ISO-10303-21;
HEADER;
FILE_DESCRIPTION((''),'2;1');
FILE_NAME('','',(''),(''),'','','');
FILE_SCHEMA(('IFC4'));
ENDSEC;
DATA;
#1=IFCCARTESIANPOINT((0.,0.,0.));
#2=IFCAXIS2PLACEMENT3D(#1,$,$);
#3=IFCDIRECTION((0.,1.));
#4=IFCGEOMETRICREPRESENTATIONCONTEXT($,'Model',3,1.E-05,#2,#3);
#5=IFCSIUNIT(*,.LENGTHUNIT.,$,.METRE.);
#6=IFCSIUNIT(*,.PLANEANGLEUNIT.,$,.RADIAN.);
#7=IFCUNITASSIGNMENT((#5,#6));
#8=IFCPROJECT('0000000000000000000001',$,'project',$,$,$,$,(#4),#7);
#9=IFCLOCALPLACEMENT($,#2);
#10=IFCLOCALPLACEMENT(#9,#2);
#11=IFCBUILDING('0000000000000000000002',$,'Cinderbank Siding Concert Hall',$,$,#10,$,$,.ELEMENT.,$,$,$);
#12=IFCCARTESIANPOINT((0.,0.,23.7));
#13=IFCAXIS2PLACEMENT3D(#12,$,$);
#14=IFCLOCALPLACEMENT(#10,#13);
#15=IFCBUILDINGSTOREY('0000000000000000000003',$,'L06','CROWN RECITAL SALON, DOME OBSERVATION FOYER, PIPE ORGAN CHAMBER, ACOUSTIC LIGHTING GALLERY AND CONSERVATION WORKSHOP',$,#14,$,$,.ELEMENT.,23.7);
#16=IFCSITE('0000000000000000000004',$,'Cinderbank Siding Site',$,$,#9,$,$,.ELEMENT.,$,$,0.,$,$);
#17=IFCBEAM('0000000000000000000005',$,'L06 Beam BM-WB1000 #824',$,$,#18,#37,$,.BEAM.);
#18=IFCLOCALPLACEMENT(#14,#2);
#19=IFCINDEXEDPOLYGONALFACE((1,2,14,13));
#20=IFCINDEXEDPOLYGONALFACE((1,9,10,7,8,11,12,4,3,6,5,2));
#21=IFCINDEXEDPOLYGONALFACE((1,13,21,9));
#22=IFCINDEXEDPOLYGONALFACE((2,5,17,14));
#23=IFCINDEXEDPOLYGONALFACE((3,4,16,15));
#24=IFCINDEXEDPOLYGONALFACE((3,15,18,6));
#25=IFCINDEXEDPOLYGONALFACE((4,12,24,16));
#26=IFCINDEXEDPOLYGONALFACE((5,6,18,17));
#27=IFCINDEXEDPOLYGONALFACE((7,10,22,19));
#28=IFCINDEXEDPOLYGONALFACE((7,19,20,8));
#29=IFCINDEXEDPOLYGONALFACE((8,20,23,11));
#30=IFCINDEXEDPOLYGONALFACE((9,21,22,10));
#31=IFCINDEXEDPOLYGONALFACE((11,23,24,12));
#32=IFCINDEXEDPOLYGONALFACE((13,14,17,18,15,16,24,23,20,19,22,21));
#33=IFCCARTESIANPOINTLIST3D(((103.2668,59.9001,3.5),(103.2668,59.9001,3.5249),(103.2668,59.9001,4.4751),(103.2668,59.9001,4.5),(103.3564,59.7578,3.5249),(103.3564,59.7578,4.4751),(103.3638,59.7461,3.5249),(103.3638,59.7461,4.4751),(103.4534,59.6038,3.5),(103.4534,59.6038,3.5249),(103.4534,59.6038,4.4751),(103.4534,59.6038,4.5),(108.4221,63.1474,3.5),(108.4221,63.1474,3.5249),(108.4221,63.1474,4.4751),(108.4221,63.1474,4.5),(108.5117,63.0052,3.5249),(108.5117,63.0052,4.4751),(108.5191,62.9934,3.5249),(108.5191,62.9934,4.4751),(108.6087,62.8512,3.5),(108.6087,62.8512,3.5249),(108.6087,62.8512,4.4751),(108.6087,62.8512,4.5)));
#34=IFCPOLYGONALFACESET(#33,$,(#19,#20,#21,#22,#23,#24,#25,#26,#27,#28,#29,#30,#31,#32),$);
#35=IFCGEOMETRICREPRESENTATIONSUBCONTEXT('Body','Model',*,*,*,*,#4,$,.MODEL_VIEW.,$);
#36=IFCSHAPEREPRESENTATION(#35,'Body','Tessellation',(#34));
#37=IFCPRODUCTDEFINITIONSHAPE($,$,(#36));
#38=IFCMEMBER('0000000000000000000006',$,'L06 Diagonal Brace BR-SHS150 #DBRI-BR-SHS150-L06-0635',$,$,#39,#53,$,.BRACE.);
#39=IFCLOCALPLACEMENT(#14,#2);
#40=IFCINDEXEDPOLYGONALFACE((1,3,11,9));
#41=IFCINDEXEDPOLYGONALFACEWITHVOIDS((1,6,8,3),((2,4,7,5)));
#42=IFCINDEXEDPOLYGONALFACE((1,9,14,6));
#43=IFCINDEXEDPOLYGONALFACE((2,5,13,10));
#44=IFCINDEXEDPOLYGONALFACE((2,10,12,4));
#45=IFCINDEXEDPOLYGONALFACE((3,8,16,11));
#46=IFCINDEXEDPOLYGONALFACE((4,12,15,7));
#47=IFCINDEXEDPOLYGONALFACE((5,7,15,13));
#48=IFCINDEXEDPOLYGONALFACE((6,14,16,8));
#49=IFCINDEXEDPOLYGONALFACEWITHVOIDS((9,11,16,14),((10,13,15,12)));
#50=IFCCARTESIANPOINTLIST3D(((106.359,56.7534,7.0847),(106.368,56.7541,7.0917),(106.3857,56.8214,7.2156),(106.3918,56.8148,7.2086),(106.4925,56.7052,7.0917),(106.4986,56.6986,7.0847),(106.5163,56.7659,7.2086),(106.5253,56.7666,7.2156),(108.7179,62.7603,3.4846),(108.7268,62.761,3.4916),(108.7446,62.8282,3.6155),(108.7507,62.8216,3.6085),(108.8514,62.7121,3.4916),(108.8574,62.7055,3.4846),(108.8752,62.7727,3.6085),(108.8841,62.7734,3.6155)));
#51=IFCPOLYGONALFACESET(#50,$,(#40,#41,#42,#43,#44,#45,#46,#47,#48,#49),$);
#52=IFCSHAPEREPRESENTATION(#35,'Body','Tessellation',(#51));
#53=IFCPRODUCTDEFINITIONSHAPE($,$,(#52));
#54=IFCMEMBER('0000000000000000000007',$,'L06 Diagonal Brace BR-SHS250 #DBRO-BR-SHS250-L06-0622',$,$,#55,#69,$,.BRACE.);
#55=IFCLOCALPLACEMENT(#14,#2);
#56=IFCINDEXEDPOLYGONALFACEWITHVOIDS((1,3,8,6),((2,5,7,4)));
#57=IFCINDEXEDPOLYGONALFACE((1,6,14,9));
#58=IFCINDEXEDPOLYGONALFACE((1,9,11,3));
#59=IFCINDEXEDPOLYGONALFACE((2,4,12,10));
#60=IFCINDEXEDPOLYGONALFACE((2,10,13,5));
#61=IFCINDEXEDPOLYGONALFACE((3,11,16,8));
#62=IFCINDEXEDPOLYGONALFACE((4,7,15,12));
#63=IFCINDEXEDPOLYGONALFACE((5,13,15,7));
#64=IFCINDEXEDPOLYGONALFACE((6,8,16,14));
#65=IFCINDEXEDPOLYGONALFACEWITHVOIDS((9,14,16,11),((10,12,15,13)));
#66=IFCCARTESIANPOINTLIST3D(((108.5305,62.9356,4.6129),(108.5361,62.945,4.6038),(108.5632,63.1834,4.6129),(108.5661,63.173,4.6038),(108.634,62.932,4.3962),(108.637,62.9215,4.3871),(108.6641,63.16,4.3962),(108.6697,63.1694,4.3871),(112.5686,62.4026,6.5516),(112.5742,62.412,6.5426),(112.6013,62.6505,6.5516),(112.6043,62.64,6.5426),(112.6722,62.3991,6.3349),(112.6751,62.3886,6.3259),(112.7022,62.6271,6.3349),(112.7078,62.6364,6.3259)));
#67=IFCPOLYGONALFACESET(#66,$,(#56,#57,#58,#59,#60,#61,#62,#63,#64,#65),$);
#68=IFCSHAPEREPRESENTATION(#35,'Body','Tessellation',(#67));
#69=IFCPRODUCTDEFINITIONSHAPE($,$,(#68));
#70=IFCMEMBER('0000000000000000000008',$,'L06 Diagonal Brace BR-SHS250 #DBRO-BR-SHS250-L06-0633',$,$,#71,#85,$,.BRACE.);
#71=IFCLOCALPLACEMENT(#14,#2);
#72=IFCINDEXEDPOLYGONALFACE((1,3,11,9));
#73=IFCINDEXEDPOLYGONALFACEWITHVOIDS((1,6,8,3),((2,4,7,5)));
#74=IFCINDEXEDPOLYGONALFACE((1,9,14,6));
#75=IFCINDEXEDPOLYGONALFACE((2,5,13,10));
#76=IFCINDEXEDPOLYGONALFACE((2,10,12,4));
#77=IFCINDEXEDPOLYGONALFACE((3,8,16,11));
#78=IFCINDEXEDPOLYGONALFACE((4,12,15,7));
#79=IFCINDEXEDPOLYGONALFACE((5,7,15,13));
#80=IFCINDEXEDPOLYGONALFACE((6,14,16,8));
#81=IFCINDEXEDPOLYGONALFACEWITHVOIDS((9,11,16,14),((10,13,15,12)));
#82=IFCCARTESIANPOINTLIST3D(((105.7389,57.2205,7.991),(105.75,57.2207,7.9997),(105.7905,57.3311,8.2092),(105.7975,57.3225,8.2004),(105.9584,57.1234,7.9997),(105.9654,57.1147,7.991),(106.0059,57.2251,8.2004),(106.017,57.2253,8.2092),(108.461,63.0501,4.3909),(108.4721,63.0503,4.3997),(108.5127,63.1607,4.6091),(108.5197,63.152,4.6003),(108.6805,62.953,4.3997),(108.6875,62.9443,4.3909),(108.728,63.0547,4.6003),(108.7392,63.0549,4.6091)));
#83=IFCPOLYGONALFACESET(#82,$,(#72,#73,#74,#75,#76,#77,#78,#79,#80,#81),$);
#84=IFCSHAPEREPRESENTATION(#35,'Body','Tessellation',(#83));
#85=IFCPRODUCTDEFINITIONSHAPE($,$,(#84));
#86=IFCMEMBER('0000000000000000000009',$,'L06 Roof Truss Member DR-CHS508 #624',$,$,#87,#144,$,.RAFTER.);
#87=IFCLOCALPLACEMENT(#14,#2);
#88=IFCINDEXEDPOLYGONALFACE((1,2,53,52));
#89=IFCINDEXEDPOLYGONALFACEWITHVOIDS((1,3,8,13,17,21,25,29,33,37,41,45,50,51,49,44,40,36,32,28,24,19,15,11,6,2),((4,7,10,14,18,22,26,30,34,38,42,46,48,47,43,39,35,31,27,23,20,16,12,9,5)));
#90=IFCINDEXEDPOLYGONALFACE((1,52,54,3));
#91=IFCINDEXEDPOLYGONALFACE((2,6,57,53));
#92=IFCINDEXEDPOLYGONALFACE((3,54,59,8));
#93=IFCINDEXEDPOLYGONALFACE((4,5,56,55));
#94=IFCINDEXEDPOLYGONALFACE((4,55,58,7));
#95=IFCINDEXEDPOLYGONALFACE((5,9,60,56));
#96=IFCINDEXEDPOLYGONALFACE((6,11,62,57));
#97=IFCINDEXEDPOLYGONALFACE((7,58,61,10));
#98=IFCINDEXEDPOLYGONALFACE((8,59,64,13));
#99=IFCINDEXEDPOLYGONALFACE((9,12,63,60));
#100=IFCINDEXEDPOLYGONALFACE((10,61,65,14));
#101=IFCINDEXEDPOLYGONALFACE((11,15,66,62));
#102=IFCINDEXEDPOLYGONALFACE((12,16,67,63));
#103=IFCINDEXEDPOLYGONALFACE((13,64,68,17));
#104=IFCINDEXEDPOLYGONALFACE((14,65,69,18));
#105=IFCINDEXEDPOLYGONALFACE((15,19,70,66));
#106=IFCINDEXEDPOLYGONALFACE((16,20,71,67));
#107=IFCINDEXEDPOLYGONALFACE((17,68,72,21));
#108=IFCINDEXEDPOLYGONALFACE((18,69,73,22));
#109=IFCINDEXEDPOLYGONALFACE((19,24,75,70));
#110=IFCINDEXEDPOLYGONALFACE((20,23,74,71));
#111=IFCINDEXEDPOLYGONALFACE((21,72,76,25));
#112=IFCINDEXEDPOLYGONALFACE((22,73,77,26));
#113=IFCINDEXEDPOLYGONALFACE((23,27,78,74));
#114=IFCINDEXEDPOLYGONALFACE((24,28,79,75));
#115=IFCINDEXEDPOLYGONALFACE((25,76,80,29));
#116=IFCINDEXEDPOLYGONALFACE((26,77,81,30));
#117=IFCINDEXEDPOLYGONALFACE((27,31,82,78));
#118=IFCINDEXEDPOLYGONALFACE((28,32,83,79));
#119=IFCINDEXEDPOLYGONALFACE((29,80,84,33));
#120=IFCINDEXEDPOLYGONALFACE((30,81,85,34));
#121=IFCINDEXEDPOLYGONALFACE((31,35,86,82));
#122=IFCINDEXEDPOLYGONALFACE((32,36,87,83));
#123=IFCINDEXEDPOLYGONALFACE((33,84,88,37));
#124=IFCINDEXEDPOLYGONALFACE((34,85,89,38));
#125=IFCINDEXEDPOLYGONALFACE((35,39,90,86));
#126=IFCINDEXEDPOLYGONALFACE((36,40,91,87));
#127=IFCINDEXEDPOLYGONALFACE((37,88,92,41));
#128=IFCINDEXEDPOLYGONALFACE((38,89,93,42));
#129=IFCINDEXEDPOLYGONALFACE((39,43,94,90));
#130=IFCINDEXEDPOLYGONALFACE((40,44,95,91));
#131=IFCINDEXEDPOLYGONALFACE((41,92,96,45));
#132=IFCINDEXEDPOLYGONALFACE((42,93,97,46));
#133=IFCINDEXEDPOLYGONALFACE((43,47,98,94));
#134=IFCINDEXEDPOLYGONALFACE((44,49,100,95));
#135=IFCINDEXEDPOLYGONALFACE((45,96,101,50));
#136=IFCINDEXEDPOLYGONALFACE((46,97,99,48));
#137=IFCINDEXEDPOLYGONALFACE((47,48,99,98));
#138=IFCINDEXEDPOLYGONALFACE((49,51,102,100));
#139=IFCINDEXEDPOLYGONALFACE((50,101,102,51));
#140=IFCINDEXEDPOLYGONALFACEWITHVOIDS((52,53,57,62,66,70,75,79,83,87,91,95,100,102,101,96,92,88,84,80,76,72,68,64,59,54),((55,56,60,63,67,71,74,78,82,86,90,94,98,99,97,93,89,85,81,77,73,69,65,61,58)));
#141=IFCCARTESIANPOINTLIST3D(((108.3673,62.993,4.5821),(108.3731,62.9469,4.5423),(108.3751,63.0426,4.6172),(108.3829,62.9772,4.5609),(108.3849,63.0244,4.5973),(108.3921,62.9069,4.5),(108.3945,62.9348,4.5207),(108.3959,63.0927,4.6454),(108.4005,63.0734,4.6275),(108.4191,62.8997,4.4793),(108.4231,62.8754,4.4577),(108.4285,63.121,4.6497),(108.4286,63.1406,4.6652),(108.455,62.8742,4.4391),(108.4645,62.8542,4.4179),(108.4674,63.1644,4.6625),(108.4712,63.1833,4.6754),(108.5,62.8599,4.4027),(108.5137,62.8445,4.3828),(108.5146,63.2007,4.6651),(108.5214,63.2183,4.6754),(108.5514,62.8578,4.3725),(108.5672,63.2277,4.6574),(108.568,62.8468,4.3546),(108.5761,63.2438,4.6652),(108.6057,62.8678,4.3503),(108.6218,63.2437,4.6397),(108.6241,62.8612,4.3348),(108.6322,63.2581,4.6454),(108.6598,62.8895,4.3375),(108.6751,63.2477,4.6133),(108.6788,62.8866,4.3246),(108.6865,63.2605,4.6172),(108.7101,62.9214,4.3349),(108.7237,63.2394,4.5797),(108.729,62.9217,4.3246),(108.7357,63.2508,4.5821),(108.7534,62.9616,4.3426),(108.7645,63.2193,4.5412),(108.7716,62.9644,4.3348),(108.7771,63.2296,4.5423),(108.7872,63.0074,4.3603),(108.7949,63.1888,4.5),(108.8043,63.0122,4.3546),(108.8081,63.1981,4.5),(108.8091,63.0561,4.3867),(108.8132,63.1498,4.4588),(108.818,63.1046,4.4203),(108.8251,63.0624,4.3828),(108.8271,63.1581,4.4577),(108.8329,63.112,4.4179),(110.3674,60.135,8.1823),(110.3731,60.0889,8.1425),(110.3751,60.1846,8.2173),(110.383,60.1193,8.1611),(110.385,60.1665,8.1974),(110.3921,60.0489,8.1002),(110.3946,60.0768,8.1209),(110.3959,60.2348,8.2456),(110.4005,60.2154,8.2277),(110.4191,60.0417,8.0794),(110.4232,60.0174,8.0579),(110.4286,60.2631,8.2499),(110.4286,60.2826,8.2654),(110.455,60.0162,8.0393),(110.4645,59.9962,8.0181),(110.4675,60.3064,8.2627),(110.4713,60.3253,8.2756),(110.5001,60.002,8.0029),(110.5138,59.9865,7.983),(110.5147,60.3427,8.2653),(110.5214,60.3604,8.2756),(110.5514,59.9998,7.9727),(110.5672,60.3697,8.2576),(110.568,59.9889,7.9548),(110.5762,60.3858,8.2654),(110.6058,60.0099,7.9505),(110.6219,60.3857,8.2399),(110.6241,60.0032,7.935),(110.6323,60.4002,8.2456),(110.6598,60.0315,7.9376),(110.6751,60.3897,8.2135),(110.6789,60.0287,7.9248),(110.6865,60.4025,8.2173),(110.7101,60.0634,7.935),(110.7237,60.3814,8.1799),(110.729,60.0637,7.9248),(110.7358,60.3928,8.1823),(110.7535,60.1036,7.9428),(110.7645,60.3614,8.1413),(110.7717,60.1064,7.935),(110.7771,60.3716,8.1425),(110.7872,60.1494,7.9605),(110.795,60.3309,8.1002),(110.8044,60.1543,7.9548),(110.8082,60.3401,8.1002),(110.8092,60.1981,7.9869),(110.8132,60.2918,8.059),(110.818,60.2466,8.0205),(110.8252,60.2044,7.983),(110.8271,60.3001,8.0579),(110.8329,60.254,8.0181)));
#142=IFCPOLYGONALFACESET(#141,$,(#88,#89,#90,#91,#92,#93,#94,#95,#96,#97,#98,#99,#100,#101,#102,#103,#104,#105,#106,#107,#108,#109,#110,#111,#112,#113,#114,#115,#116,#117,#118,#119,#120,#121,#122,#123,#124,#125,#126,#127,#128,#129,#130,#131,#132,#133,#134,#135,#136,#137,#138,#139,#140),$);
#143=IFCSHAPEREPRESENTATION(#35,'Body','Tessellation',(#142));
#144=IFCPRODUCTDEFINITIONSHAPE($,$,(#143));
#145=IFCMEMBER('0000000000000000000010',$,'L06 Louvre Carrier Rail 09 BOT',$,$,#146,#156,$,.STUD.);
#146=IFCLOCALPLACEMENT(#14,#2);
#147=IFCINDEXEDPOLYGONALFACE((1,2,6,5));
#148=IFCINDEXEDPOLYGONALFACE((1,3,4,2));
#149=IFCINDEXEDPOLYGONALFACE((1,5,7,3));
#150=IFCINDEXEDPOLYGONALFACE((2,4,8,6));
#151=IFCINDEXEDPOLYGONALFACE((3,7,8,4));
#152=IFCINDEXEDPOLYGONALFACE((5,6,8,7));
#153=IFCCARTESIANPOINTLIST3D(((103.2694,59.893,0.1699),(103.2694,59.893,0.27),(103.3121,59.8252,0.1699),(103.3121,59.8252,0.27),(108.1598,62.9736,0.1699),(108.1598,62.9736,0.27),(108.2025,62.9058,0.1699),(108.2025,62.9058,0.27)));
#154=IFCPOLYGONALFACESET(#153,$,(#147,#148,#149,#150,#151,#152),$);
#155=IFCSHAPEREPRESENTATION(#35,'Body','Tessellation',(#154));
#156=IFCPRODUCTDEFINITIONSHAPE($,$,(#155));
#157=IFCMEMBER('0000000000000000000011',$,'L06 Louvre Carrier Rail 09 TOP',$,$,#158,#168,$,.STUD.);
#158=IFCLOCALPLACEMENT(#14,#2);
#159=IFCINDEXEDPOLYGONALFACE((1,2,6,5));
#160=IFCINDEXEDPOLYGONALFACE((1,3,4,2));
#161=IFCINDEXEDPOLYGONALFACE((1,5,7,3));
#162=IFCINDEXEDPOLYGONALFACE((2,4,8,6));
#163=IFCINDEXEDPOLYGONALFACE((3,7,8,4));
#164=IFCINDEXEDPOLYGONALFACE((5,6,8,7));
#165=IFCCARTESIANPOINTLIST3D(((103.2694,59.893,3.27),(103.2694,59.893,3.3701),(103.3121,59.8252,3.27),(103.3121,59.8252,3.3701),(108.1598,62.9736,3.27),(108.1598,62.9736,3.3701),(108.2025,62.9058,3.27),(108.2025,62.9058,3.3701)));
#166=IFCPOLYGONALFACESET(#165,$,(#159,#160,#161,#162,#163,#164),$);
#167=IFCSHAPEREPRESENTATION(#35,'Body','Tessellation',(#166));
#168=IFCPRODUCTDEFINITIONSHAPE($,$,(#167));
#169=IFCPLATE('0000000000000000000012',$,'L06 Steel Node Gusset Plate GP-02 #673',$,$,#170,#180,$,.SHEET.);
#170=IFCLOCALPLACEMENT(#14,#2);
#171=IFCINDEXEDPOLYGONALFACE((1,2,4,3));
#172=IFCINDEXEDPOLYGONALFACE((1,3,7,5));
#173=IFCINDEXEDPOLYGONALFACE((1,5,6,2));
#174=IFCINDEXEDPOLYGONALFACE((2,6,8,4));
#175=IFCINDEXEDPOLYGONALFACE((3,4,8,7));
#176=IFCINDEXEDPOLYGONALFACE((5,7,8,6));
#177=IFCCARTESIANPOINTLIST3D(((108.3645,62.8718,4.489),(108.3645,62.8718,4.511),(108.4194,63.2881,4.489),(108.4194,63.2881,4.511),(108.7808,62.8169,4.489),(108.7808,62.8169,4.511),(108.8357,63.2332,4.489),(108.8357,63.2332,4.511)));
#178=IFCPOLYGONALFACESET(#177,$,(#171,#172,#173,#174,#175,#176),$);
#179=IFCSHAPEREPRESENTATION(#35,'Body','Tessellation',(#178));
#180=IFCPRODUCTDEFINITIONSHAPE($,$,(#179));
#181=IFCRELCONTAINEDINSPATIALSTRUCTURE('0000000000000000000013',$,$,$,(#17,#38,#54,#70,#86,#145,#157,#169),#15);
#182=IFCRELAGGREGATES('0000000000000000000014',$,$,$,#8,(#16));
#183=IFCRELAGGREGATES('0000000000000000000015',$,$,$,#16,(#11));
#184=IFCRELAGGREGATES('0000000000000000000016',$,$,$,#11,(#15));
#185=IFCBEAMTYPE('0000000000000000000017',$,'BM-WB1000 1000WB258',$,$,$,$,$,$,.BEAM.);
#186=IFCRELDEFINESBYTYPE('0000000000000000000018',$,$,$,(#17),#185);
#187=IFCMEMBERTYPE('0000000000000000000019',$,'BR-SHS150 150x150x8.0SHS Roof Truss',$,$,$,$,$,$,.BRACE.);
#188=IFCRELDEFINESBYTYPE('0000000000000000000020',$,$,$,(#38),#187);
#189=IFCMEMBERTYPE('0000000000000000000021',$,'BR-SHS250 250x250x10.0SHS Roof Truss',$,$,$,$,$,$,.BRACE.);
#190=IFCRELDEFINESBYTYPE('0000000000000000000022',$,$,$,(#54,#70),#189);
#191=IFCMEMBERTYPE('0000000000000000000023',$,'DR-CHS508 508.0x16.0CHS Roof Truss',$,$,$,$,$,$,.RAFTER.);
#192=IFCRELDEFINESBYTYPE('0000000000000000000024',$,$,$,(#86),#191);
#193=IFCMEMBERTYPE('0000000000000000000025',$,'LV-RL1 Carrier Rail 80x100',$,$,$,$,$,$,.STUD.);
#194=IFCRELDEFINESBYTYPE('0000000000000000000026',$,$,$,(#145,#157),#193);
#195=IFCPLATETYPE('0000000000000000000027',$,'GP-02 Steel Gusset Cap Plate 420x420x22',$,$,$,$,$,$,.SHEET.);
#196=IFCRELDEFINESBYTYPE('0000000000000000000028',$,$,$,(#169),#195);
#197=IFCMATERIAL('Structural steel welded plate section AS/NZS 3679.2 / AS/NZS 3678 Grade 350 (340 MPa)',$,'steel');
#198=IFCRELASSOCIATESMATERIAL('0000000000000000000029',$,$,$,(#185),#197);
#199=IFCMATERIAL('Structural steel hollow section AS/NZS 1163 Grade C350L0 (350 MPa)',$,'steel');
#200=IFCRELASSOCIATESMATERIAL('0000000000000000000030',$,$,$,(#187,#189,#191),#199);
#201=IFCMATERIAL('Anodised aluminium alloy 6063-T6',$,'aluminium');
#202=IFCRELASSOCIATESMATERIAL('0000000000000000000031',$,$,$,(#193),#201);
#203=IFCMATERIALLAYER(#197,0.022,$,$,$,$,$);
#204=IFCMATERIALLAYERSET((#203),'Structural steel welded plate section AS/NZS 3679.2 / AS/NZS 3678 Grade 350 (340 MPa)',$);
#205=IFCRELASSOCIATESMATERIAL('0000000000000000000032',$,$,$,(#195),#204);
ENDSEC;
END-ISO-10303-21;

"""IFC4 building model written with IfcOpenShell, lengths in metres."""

from ifc_helpers import new_model, si_unit, direction, frame, origin, origin_2d, place, context, subcontext, project, spatial, rectangle, hollow_rectangle, hollow_circle, i_section, extrude, material, layer, layer_set, material_profile, profile_set, type_object, element, save


model = new_model("IFC4")

# Units and contexts
model_context = context("Model", 3, precision=1e-05, world=origin(), true_north=direction((0.0, 1.0)))
body_context = subcontext(model_context, "Body", "Model", "MODEL_VIEW")
ifc_project = project(units=[si_unit("LENGTHUNIT", "METRE"), si_unit("PLANEANGLEUNIT", "RADIAN")], contexts=[model_context])

# Site, building, storey
site_placement = place(None, origin())
site = spatial("IfcSite", under=ifc_project, at=site_placement, Name="Cinderbank Siding Site", CompositionType="ELEMENT", RefElevation=0.0)
building_placement = place(site_placement, origin())
building = spatial("IfcBuilding", under=site, at=building_placement, Name="Cinderbank Siding Concert Hall", CompositionType="ELEMENT")
storey_placement = place(building_placement, frame((0.0, 0.0, 23.7)))
storey = spatial("IfcBuildingStorey", under=building, at=storey_placement, Name="L06", Description="CROWN RECITAL SALON, DOME OBSERVATION FOYER, PIPE ORGAN CHAMBER, ACOUSTIC LIGHTING GALLERY AND CONSERVATION WORKSHOP", CompositionType="ELEMENT", Elevation=23.7)

# Beam
ifc_material_1 = material(Name="Structural steel welded plate section AS/NZS 3679.2 / AS/NZS 3678 Grade 350 (340 MPa)", Category="steel")
ifc_material_profile_1 = material_profile(ifc_material_1, i_section(OverallWidth=0.3501, OverallDepth=1.0, WebThickness=0.0139, FlangeThickness=0.0249, at=origin_2d()), Name="1000WB258", Category="LoadBearing")
ifc_profile_set_1 = profile_set([ifc_material_profile_1], Name="Structural steel welded plate section AS/NZS 3679.2 / AS/NZS 3678 Grade 350 (340 MPa)")
beam_type = type_object("IfcBeamType", Name="BM-WB1000 1000WB258", PredefinedType="BEAM", material=ifc_profile_set_1)
beam_placement = place(storey_placement, frame((108.5154, 62.9993, 4.0), z_axis=(-0.846129, -0.532978, 0.0), x_axis=(0.532978, -0.846129, 0.0)))
element("IfcBeam", 1, at=beam_placement, inside=storey, type_object=beam_type, Name="L06 Beam BM-WB1000 #824", PredefinedType="BEAM", context=body_context, shape_type="SweptSolid", body=[
    extrude(i_section(OverallWidth=0.3501, OverallDepth=1.0, WebThickness=0.0139, FlangeThickness=0.0249, at=origin_2d()), origin(), (0.0, 0.0, 1.0), 6.0928),
])

# Members
ifc_material_2 = material(Name="Structural steel hollow section AS/NZS 1163 Grade C350L0 (350 MPa)", Category="steel")
ifc_material_profile_2 = material_profile(ifc_material_2, hollow_rectangle(XDim=0.1499, YDim=0.1499, WallThickness=0.0081, at=origin_2d()), Name="150x150x8.0SHS", Category="LoadBearing")
ifc_profile_set_2 = profile_set([ifc_material_profile_2], Name="Structural steel hollow section AS/NZS 1163 Grade C350L0 (350 MPa)")
member_type_1 = type_object("IfcMemberType", Name="BR-SHS150 150x150x8.0SHS Roof Truss", PredefinedType="BRACE", material=ifc_profile_set_2)
member_1_placement = place(storey_placement, frame((108.801, 62.7668, 3.55), z_axis=(-0.319214, -0.81287, 0.48718), x_axis=(0.930801, -0.365526, 0.0)))
element("IfcMember", 2, at=member_1_placement, inside=storey, type_object=member_type_1, Name="L06 Diagonal Brace BR-SHS150 #DBRI-BR-SHS150-L06-0635", PredefinedType="BRACE", context=body_context, shape_type="SweptSolid", body=[
    extrude(hollow_rectangle(XDim=0.1499, YDim=0.1499, WallThickness=0.0081, at=origin_2d()), origin(), (0.0, 0.0, 1.0), 7.3896),
])
ifc_material_profile_3 = material_profile(ifc_material_2, hollow_rectangle(XDim=0.25, YDim=0.25, WallThickness=0.01, at=origin_2d()), Name="250x250x10.0SHS", Category="LoadBearing")
ifc_profile_set_3 = profile_set([ifc_material_profile_3], Name="Structural steel hollow section AS/NZS 1163 Grade C350L0 (350 MPa)")
member_type_2 = type_object("IfcMemberType", Name="BR-SHS250 250x250x10.0SHS Roof Truss", PredefinedType="BRACE", material=ifc_profile_set_3)
member_2_placement = place(storey_placement, frame((108.6001, 63.0525, 4.5), z_axis=(0.895171, -0.118147, 0.429779), x_axis=(0.130848, 0.991402, 0.0)))
element("IfcMember", 3, at=member_2_placement, inside=storey, type_object=member_type_2, Name="L06 Diagonal Brace BR-SHS250 #DBRO-BR-SHS250-L06-0622", PredefinedType="BRACE", context=body_context, shape_type="SweptSolid", body=[
    extrude(hollow_rectangle(XDim=0.25, YDim=0.25, WallThickness=0.01, at=origin_2d()), origin(), (0.0, 0.0, 1.0), 4.511),
])
member_3_placement = place(storey_placement, frame((108.6001, 63.0525, 4.5), z_axis=(-0.369228, -0.790712, 0.488309), x_axis=(0.906082, -0.423101, 0.0)))
element("IfcMember", 4, at=member_3_placement, inside=storey, type_object=member_type_2, Name="L06 Diagonal Brace BR-SHS250 #DBRO-BR-SHS250-L06-0633", PredefinedType="BRACE", context=body_context, shape_type="SweptSolid", body=[
    extrude(hollow_rectangle(XDim=0.25, YDim=0.25, WallThickness=0.01, at=origin_2d()), origin(), (0.0, 0.0, 1.0), 7.3726),
])
ifc_material_profile_4 = material_profile(ifc_material_2, hollow_circle(Radius=0.2539, WallThickness=0.0161, at=origin_2d()), Name="508.0x16.0CHS", Category="LoadBearing")
ifc_profile_set_4 = profile_set([ifc_material_profile_4], Name="Structural steel hollow section AS/NZS 1163 Grade C350L0 (350 MPa)")
member_type_3 = type_object("IfcMemberType", Name="DR-CHS508 508.0x16.0CHS Roof Truss", PredefinedType="RAFTER", material=ifc_profile_set_4)
member_4_placement = place(storey_placement, frame((108.6001, 63.0525, 4.5), z_axis=(0.398977, -0.57012, 0.718178), x_axis=(0.819304, 0.573359, 0.0)))
element("IfcMember", 5, at=member_4_placement, inside=storey, type_object=member_type_3, Name="L06 Roof Truss Member DR-CHS508 #624", PredefinedType="RAFTER", context=body_context, shape_type="SweptSolid", body=[
    extrude(hollow_circle(Radius=0.2539, WallThickness=0.0161, at=origin_2d()), origin(), (0.0, 0.0, 1.0), 5.0129),
])
ifc_material_3 = material(Name="Anodised aluminium alloy 6063-T6", Category="aluminium")
ifc_material_profile_5 = material_profile(ifc_material_3, rectangle(XDim=0.0801, YDim=0.1001, at=origin_2d()), Name="ALU-RAIL-80x100", Category="LoadBearing")
ifc_profile_set_5 = profile_set([ifc_material_profile_5], Name="Anodised aluminium alloy 6063-T6")
member_type_4 = type_object("IfcMemberType", Name="LV-RL1 Carrier Rail 80x100", PredefinedType="STUD", material=ifc_profile_set_5)
for number, where, z_axis, x_axis, name in (
    (6, (108.1812, 62.9397, 0.22), (-0.846121, -0.532991, 0.0), (0.532991, -0.846121, 0.0), "L06 Louvre Carrier Rail 09 BOT"),
    (7, (108.1812, 62.9397, 3.3201), (-0.846121, -0.532991, 0.0), (0.532991, -0.846121, 0.0), "L06 Louvre Carrier Rail 09 TOP"),
):
    element("IfcMember", number, at=place(storey_placement, frame(where, z_axis=z_axis, x_axis=x_axis)), inside=storey, type_object=member_type_4, Name=name, PredefinedType="STUD", context=body_context, shape_type="SweptSolid", body=[
        extrude(rectangle(XDim=0.0801, YDim=0.1001, at=origin_2d()), origin(), (0.0, 0.0, 1.0), 5.7798),
    ])

# Plate
ifc_layer_1 = layer(ifc_material_1, 0.022)
ifc_layer_set_1 = layer_set([ifc_layer_1], Name="Structural steel welded plate section AS/NZS 3679.2 / AS/NZS 3678 Grade 350 (340 MPa)")
plate_type = type_object("IfcPlateType", Name="GP-02 Steel Gusset Cap Plate 420x420x22", PredefinedType="SHEET", material=ifc_layer_set_1)
plate_placement = place(storey_placement, frame((108.6001, 63.0525, 4.489), z_axis=(0.0, 0.0, 1.0), x_axis=(0.991399, -0.130872, 0.0)))
element("IfcPlate", 8, at=plate_placement, inside=storey, type_object=plate_type, Name="L06 Steel Node Gusset Plate GP-02 #673", PredefinedType="SHEET", context=body_context, shape_type="SweptSolid", body=[
    extrude(rectangle(XDim=0.4199, YDim=0.4199, at=origin_2d()), origin(), (0.0, 0.0, 1.0), 0.022),
])

save(model, "model.ifc")
